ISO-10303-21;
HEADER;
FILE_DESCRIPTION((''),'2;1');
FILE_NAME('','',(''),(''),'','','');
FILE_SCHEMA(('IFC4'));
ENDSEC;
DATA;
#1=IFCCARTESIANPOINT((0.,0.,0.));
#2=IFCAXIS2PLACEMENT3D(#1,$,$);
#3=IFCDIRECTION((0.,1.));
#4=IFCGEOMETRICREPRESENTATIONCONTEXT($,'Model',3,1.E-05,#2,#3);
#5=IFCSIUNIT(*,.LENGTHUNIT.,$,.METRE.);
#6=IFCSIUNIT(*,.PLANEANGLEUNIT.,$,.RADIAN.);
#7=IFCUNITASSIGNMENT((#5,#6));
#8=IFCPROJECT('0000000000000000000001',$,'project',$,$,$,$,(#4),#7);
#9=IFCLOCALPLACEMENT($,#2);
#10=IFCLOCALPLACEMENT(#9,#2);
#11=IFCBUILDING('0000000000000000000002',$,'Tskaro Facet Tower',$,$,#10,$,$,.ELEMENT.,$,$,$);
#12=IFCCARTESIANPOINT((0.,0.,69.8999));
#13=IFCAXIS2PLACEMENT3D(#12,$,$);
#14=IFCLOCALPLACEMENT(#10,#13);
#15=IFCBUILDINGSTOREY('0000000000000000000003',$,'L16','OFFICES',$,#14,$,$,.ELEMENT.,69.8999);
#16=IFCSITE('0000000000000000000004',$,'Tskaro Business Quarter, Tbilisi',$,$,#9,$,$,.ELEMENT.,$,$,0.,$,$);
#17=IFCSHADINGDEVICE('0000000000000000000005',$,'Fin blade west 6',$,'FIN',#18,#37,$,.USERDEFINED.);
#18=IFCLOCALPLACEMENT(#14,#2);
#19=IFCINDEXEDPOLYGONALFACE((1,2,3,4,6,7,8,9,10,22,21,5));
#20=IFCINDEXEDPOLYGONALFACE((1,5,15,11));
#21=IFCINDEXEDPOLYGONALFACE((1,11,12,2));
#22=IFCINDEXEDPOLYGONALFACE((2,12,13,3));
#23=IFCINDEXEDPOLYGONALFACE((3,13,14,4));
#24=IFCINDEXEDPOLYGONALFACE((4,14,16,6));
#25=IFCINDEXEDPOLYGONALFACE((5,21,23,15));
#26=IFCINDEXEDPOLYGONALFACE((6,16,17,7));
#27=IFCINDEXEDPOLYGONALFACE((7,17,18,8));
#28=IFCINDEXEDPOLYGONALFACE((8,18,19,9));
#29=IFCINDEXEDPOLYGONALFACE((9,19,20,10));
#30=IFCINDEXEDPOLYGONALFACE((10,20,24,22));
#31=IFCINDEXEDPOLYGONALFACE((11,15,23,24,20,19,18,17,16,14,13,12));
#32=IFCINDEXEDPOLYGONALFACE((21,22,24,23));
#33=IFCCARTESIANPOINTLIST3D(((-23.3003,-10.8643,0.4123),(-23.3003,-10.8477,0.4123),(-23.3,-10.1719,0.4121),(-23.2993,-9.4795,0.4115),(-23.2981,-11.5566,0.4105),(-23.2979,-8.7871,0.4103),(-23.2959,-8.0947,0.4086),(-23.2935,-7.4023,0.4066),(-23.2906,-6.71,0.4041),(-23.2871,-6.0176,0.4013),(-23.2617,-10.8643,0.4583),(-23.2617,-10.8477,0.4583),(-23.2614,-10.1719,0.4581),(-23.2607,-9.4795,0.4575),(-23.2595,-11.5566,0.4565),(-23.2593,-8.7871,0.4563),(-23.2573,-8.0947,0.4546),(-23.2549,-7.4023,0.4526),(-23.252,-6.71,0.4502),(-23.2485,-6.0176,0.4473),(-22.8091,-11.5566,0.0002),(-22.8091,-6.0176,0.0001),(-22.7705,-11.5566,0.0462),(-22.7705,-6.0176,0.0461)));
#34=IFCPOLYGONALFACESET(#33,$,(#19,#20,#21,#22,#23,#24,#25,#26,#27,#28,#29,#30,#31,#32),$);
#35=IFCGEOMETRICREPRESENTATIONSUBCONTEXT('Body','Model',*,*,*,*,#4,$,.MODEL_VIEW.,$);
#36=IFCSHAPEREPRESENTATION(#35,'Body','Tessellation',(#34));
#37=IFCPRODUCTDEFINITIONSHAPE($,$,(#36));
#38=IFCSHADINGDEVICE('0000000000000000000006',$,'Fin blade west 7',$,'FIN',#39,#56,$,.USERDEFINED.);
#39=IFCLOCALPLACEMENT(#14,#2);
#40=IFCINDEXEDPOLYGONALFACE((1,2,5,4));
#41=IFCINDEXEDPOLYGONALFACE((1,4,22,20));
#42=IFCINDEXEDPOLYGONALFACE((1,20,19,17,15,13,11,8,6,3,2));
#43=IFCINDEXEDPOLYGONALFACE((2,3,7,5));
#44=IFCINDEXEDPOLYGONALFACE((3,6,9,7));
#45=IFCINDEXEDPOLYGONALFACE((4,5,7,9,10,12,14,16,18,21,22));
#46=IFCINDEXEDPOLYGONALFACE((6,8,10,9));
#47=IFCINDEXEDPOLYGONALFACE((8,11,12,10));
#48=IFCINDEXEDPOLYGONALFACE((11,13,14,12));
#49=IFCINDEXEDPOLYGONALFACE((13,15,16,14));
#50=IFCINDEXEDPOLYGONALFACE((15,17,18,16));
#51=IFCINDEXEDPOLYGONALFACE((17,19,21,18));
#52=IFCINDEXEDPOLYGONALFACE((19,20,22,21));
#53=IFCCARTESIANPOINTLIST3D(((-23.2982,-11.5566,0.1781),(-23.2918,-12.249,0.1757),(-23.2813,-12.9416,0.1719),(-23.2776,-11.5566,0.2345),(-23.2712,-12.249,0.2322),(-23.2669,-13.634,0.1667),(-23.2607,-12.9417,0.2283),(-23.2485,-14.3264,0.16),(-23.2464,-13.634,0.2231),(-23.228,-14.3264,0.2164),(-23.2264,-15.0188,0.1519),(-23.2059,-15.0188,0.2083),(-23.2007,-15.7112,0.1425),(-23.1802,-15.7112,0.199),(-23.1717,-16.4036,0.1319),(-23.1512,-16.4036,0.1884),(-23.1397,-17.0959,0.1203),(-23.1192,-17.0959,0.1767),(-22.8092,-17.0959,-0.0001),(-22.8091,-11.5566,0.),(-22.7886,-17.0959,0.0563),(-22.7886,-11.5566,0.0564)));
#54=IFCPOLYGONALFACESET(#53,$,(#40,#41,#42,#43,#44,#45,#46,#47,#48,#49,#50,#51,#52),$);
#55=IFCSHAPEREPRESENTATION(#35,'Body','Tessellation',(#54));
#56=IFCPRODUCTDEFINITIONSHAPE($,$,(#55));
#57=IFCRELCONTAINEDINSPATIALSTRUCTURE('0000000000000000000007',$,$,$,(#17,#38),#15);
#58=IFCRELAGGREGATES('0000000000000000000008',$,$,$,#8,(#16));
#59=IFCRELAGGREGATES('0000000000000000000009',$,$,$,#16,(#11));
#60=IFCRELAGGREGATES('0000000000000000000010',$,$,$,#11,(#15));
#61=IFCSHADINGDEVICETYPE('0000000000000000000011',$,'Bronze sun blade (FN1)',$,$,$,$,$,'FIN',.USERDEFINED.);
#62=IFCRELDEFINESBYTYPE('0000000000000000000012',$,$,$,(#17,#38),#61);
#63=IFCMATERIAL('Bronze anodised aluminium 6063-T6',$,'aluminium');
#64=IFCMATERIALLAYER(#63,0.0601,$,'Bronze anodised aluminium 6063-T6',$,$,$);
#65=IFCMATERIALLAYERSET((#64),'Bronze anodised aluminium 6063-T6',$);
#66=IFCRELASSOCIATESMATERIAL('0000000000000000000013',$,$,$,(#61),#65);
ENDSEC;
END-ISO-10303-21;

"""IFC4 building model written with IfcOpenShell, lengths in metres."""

from ifc_helpers import new_model, si_unit, direction, frame, origin, place, context, subcontext, project, spatial, polyline, outline, extrude, material, layer, layer_set, type_object, element, save


model = new_model("IFC4")

# Units and contexts
model_context = context("Model", 3, precision=1e-05, world=origin(), true_north=direction((0.0, 1.0)))
body_context = subcontext(model_context, "Body", "Model", "MODEL_VIEW")
ifc_project = project(units=[si_unit("LENGTHUNIT", "METRE"), si_unit("PLANEANGLEUNIT", "RADIAN")], contexts=[model_context])

# Site, building, storey
site_placement = place(None, origin())
site = spatial("IfcSite", under=ifc_project, at=site_placement, Name="Tskaro Business Quarter, Tbilisi", CompositionType="ELEMENT", RefElevation=0.0)
building_placement = place(site_placement, origin())
building = spatial("IfcBuilding", under=site, at=building_placement, Name="Tskaro Facet Tower", CompositionType="ELEMENT")
storey_placement = place(building_placement, frame((0.0, 0.0, 69.8999)))
storey = spatial("IfcBuildingStorey", under=building, at=storey_placement, Name="L16", Description="OFFICES", CompositionType="ELEMENT", Elevation=69.8999)

# Shared definitions
ifc_material_1 = material(Name="Bronze anodised aluminium 6063-T6", Category="aluminium")

# Shading devices
ifc_layer_1 = layer(ifc_material_1, 0.0601, Name="Bronze anodised aluminium 6063-T6")
ifc_layer_set_1 = layer_set([ifc_layer_1], Name="Bronze anodised aluminium 6063-T6")
shading_device_type = type_object("IfcShadingDeviceType", Name="Bronze sun blade (FN1)", ElementType="FIN", PredefinedType="USERDEFINED", material=ifc_layer_set_1)
shading_device_1_placement = place(storey_placement, frame((-22.7705, -6.0176, 0.0461), z_axis=(0.642789, 0.000004, 0.766044), x_axis=(0.000003, -1.0, 0.000003)))
element("IfcShadingDevice", 1, at=shading_device_1_placement, inside=storey, type_object=shading_device_type, Name="Fin blade west 6", ObjectType="FIN", PredefinedType="USERDEFINED", context=body_context, shape_type="SweptSolid", body=[
    extrude(outline(polyline([(0.0, 0.0), (5.5391, 0.0), (5.5391, -0.6384), (4.8467, -0.6412), (4.8301, -0.6412), (4.1543, -0.6408), (3.4619, -0.64), (2.7695, -0.6381), (2.0771, -0.6355), (1.3848, -0.6323), (0.6924, -0.6285), (0.0, -0.624), (0.0, 0.0)])), origin(), (0.0, 0.0, -1.0), 0.0601),
])
shading_device_2_placement = place(storey_placement, frame((-22.7886, -11.5566, 0.0564), z_axis=(0.342207, -0.000014, 0.939625), x_axis=(-0.000005, -1.0, -0.000013)))
element("IfcShadingDevice", 2, at=shading_device_2_placement, inside=storey, type_object=shading_device_type, Name="Fin blade west 7", ObjectType="FIN", PredefinedType="USERDEFINED", context=body_context, shape_type="SweptSolid", body=[
    extrude(outline(polyline([(0.0, 0.0), (5.5393, 0.0), (5.5393, -0.3518), (4.8469, -0.3859), (4.1545, -0.4167), (3.4622, -0.4441), (2.7698, -0.4676), (2.0774, -0.4872), (1.385, -0.5025), (0.6924, -0.5137), (0.0, -0.5205), (0.0, 0.0)])), origin(), (0.0, 0.0, -1.0), 0.0601),
])

save(model, "model.ifc")
